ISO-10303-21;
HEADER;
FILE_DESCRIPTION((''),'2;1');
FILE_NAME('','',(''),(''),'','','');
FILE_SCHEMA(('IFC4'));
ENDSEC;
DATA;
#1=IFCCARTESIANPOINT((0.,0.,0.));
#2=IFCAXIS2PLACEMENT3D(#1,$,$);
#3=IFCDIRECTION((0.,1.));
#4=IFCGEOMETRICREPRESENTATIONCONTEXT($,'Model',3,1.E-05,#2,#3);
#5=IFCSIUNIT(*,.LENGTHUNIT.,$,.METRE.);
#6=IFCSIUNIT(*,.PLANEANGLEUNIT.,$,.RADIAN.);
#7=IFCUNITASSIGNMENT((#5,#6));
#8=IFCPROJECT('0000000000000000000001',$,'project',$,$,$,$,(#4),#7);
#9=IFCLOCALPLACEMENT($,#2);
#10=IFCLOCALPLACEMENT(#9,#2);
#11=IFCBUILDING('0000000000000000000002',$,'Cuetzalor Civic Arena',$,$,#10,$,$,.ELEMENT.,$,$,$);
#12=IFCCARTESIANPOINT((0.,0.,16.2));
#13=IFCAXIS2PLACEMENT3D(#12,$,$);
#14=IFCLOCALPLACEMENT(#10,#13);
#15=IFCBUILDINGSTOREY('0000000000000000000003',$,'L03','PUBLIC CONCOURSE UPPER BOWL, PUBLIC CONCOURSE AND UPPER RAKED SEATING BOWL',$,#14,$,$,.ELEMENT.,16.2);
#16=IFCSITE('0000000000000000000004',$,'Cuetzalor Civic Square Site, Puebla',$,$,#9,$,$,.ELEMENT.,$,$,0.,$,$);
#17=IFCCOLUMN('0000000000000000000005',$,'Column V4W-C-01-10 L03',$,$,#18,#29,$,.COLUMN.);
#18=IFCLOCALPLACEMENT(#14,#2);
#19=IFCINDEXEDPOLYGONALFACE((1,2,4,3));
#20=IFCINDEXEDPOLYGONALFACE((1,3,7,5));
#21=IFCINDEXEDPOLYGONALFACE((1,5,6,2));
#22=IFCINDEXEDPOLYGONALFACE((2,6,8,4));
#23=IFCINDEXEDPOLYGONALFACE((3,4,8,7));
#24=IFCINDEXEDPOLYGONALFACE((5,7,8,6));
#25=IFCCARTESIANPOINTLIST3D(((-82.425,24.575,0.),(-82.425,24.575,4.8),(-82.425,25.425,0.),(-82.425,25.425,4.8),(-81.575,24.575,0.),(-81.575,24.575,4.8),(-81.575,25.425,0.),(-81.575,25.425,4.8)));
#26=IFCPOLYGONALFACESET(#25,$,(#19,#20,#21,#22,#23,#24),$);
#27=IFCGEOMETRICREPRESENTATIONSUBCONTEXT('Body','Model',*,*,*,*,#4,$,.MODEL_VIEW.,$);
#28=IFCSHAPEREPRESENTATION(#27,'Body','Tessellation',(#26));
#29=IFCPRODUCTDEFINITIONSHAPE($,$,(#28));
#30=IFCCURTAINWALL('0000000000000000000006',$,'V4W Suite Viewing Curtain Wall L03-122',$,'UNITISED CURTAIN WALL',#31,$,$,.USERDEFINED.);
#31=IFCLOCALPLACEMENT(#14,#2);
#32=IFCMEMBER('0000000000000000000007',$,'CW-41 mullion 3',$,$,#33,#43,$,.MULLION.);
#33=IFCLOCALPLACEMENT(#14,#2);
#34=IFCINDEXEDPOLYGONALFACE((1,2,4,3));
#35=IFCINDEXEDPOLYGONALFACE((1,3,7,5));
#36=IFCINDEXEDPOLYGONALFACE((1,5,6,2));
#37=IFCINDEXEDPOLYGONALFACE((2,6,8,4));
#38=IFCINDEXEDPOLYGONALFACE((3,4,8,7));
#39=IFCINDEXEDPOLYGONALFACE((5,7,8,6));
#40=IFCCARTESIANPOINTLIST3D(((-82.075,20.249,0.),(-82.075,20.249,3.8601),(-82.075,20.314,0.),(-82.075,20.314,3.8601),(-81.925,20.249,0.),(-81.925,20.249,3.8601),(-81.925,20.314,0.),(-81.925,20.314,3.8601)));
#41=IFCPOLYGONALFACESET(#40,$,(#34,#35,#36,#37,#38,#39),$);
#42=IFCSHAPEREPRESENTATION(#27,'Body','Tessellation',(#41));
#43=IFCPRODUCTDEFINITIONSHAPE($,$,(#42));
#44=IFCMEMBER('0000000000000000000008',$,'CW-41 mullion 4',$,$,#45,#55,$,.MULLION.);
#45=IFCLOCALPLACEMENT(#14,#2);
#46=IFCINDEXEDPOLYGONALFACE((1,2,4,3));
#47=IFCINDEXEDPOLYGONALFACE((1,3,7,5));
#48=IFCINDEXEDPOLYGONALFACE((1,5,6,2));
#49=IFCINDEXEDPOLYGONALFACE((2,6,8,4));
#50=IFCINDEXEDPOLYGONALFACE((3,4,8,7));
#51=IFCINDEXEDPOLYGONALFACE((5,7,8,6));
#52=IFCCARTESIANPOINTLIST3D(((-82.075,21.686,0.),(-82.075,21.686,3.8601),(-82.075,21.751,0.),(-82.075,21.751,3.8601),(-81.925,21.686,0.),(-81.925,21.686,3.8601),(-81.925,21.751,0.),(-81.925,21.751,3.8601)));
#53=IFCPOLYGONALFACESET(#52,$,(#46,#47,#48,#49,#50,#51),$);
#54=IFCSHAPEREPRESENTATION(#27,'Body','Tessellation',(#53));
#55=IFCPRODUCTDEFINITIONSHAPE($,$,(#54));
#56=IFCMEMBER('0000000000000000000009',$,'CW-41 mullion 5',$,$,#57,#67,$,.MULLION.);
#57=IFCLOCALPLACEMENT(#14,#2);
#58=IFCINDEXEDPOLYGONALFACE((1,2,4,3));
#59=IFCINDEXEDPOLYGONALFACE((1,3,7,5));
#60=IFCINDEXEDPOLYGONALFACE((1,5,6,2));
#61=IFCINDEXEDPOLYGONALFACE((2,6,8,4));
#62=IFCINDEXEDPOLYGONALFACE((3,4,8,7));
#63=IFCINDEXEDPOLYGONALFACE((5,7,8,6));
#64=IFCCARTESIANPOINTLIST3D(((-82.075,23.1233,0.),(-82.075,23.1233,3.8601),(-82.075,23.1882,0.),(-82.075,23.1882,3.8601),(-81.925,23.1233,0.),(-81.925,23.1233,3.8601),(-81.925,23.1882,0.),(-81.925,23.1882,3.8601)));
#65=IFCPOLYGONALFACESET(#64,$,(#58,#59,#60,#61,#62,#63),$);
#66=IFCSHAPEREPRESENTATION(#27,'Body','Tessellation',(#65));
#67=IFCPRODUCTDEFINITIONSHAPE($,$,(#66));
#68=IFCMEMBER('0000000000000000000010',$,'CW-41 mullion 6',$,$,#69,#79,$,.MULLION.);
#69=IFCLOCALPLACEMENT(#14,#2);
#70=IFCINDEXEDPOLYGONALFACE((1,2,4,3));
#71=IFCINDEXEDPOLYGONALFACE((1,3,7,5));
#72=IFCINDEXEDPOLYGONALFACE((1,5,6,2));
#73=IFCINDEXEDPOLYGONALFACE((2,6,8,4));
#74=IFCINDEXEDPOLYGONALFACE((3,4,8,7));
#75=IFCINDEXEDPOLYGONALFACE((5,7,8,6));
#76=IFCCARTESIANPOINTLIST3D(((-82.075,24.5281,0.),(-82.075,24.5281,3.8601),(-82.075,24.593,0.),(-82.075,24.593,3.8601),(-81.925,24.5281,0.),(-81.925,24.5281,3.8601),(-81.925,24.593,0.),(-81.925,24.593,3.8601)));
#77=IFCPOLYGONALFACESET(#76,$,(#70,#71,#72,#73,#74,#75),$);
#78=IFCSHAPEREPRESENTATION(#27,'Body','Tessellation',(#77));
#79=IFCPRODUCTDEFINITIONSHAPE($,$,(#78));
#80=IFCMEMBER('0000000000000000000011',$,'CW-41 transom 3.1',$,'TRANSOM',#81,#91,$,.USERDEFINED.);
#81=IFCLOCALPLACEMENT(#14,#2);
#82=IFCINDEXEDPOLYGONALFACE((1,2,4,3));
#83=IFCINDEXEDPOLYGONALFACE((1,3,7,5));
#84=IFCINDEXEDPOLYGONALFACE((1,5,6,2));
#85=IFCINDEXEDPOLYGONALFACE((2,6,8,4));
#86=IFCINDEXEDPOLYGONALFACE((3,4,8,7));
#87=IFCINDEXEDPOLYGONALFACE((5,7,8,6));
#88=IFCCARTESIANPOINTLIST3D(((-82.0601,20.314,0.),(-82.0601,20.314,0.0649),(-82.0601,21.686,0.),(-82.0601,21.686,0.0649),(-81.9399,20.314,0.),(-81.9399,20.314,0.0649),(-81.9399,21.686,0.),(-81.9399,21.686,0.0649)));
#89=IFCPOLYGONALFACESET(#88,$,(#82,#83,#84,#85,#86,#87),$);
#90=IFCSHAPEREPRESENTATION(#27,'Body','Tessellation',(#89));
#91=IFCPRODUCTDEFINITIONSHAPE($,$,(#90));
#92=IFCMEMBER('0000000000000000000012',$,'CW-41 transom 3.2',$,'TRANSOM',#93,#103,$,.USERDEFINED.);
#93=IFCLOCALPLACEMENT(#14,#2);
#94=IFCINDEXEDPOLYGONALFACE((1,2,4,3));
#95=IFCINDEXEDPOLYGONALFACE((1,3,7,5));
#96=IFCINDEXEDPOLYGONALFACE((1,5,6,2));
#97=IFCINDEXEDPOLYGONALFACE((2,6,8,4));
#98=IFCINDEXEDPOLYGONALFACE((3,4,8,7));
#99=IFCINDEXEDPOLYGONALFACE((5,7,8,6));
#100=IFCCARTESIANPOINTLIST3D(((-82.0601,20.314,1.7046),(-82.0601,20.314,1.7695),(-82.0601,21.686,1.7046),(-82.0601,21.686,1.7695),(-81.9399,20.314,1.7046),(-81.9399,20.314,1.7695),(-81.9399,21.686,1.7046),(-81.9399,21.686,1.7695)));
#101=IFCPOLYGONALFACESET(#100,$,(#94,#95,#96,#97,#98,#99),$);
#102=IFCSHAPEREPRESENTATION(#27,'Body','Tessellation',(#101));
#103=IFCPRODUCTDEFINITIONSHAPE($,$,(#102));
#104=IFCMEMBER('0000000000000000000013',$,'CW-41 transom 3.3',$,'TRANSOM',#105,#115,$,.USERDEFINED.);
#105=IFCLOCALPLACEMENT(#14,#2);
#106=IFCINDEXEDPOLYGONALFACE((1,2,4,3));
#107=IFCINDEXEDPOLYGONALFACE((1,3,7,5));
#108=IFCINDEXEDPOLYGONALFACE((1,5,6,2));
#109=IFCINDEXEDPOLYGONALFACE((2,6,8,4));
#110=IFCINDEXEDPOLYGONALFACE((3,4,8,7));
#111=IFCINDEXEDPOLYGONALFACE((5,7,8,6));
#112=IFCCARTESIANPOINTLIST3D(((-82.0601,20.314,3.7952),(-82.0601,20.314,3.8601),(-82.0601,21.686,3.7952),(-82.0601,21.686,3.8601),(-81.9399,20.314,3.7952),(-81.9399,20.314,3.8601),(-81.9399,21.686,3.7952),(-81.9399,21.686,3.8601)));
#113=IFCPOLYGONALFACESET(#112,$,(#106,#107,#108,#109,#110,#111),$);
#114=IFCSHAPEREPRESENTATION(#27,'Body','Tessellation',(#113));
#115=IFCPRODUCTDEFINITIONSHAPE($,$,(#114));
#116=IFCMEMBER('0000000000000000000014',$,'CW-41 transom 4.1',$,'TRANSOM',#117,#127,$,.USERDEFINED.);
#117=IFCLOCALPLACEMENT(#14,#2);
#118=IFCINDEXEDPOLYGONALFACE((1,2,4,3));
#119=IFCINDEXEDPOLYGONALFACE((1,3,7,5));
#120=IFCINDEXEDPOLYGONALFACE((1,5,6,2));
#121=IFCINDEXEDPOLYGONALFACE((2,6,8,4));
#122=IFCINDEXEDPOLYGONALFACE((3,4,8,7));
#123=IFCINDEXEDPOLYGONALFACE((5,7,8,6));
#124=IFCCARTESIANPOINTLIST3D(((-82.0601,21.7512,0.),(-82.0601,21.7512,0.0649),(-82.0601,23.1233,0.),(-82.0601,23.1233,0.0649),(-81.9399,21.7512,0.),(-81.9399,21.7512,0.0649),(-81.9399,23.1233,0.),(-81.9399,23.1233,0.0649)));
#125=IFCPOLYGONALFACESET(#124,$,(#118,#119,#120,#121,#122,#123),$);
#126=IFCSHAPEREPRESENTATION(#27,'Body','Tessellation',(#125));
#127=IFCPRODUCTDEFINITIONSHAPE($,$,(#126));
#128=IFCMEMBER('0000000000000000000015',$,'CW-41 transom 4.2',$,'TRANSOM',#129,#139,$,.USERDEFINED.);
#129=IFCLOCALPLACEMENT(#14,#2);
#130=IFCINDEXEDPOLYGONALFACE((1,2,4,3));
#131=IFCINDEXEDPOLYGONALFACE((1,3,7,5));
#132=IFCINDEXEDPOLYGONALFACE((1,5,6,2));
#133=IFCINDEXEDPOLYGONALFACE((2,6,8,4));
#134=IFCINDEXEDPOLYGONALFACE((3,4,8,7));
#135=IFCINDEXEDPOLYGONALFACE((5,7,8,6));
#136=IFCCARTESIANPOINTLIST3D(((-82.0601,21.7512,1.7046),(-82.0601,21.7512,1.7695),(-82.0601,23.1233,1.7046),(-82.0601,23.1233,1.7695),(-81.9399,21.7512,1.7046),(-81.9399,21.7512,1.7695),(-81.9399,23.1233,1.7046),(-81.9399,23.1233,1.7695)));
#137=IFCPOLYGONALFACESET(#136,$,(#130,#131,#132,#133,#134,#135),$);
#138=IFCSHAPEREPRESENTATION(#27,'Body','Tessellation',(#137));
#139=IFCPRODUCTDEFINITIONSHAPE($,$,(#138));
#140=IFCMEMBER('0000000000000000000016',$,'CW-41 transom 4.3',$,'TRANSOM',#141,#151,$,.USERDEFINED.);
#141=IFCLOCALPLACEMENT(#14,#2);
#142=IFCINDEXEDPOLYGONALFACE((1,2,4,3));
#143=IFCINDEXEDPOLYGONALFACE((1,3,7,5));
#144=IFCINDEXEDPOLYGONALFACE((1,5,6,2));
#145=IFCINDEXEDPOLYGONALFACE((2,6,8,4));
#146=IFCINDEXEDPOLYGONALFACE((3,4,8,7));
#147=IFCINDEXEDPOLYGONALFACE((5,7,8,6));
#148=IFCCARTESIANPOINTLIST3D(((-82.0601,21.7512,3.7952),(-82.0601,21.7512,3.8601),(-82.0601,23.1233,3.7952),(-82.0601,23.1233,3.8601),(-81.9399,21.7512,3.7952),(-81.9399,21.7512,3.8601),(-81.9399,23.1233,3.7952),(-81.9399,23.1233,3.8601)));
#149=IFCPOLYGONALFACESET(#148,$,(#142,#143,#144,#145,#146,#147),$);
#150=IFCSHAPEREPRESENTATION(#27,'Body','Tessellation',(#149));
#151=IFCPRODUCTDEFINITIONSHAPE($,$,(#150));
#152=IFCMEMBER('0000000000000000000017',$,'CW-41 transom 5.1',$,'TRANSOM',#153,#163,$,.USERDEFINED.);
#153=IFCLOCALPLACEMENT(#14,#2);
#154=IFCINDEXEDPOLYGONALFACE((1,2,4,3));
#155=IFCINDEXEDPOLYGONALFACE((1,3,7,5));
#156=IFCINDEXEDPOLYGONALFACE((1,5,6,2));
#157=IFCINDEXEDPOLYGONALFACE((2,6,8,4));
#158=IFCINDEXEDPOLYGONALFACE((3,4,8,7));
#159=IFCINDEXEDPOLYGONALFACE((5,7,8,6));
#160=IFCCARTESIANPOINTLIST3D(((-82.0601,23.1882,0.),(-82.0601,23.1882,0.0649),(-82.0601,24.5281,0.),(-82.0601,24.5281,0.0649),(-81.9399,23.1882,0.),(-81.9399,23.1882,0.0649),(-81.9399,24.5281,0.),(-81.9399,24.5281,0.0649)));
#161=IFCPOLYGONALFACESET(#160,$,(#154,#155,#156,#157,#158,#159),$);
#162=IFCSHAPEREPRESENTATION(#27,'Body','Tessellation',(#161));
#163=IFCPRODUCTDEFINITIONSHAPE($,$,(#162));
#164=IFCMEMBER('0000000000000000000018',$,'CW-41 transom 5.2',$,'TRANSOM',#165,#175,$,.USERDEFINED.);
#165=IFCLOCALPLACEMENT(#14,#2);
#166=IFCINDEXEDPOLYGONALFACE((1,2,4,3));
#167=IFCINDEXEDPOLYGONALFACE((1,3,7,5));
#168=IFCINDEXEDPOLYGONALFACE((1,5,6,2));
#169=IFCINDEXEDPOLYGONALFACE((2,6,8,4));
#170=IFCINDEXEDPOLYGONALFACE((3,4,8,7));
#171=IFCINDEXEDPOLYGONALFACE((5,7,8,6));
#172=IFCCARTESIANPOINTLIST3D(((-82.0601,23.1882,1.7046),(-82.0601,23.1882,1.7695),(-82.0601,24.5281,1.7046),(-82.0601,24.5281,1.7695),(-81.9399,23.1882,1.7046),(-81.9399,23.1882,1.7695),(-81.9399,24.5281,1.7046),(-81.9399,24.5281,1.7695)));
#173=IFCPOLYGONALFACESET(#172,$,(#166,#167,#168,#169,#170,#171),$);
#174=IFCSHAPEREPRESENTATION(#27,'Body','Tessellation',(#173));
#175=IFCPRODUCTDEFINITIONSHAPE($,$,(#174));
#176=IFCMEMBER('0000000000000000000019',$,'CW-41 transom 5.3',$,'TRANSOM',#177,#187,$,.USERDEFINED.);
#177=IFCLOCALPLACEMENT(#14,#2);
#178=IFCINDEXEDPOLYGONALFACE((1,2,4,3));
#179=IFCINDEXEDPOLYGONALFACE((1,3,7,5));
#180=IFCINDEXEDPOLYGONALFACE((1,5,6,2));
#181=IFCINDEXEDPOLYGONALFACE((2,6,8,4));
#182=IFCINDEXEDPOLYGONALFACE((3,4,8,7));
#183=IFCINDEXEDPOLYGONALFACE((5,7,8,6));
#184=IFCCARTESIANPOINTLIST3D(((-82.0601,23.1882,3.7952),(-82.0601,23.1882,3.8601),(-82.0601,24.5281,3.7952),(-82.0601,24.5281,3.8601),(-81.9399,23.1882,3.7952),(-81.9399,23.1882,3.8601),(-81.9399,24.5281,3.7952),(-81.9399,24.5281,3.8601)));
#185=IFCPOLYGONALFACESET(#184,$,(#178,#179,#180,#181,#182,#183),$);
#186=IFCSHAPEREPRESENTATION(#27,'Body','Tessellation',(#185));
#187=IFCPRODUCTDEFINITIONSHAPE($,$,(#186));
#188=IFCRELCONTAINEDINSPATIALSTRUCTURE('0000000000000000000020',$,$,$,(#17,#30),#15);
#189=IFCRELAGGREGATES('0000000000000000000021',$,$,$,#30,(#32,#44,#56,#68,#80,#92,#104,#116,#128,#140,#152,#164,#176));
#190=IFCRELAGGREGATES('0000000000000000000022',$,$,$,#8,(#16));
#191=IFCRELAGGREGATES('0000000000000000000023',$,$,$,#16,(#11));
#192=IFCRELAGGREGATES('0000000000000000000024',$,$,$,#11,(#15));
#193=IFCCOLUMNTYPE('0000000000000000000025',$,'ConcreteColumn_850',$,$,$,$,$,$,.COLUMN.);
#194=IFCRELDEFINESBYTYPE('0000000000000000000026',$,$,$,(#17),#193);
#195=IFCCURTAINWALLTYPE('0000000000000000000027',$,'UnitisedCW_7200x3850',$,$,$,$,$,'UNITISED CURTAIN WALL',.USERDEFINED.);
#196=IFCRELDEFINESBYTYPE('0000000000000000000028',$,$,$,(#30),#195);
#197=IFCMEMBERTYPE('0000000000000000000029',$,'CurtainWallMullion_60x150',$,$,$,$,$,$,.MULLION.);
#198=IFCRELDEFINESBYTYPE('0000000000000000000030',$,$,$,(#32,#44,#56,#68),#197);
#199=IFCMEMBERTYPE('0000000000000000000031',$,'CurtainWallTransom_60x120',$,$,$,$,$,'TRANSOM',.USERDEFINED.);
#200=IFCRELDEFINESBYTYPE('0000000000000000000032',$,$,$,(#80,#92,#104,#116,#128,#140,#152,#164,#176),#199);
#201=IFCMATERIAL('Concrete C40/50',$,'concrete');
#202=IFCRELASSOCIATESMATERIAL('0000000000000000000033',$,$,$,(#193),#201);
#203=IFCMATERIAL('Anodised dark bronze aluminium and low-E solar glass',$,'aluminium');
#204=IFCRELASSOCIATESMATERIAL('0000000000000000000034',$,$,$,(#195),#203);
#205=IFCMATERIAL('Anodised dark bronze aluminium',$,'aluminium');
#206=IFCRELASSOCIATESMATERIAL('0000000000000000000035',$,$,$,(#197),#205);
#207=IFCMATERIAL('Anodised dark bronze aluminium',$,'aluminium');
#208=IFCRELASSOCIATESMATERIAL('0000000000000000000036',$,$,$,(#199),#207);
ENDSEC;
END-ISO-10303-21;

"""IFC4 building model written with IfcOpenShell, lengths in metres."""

from ifc_helpers import new_model, si_unit, direction, frame, origin, origin_2d, place, context, subcontext, project, spatial, rectangle, extrude, material, material_profile, profile_set, type_object, element, aggregate, save


model = new_model("IFC4")

# Units and contexts
model_context = context("Model", 3, precision=1e-05, world=origin(), true_north=direction((0.0, 1.0)))
body_context = subcontext(model_context, "Body", "Model", "MODEL_VIEW")
ifc_project = project(units=[si_unit("LENGTHUNIT", "METRE"), si_unit("PLANEANGLEUNIT", "RADIAN")], contexts=[model_context])

# Site, building, storey
site_placement = place(None, origin())
site = spatial("IfcSite", under=ifc_project, at=site_placement, Name="Cuetzalor Civic Square Site, Puebla", CompositionType="ELEMENT", RefElevation=0.0)
building_placement = place(site_placement, origin())
building = spatial("IfcBuilding", under=site, at=building_placement, Name="Cuetzalor Civic Arena", CompositionType="ELEMENT")
storey_placement = place(building_placement, frame((0.0, 0.0, 16.2)))
storey = spatial("IfcBuildingStorey", under=building, at=storey_placement, Name="L03", Description="PUBLIC CONCOURSE UPPER BOWL, PUBLIC CONCOURSE AND UPPER RAKED SEATING BOWL", CompositionType="ELEMENT", Elevation=16.2)

# Column
ifc_material_1 = material(Name="Concrete C40/50", Category="concrete")
ifc_material_profile_1 = material_profile(ifc_material_1, rectangle(XDim=0.8501, YDim=0.8501, at=origin_2d()), Name="RC 850x850")
ifc_profile_set_1 = profile_set([ifc_material_profile_1], Name="Concrete C40/50")
column_type = type_object("IfcColumnType", Name="ConcreteColumn_850", PredefinedType="COLUMN", material=ifc_profile_set_1)
column_placement = place(storey_placement, frame((-82.0, 25.0, 0.0), z_axis=(0.0, 0.0, 1.0), x_axis=(1.0, 0.0, 0.0)))
element("IfcColumn", 1, at=column_placement, inside=storey, type_object=column_type, Name="Column V4W-C-01-10 L03", PredefinedType="COLUMN", context=body_context, shape_type="SweptSolid", body=[
    extrude(rectangle(XDim=0.8501, YDim=0.8501, at=origin_2d()), origin(), (0.0, 0.0, 1.0), 4.8),
])

# Curtain wall, members
ifc_material_2 = material(Name="Anodised dark bronze aluminium and low-E solar glass", Category="aluminium")
curtain_wall_type = type_object("IfcCurtainWallType", Name="UnitisedCW_7200x3850", ElementType="UNITISED CURTAIN WALL", PredefinedType="USERDEFINED", material=ifc_material_2)
curtain_wall_placement = place(storey_placement, origin())
curtain_wall = element("IfcCurtainWall", 2, at=curtain_wall_placement, inside=storey, type_object=curtain_wall_type, Name="V4W Suite Viewing Curtain Wall L03-122", ObjectType="UNITISED CURTAIN WALL", PredefinedType="USERDEFINED")
ifc_material_3 = material(Name="Anodised dark bronze aluminium", Category="aluminium")
ifc_material_profile_2 = material_profile(ifc_material_3, rectangle(XDim=0.0649, YDim=0.1499, at=origin_2d()), Name="ALU MULLION 65x150")
ifc_profile_set_2 = profile_set([ifc_material_profile_2], Name="Anodised dark bronze aluminium")
member_type_1 = type_object("IfcMemberType", Name="CurtainWallMullion_60x150", PredefinedType="MULLION", material=ifc_profile_set_2)
member_1_placement = place(storey_placement, frame((-82.0, 20.2815, 0.0), z_axis=(0.0, 0.0, 1.0), x_axis=(0.0, 1.0, 0.0)))
member_1 = element("IfcMember", 3, at=member_1_placement, type_object=member_type_1, Name="CW-41 mullion 3", PredefinedType="MULLION", context=body_context, shape_type="SweptSolid", body=[
    extrude(rectangle(XDim=0.0649, YDim=0.1499, at=origin_2d()), origin(), (0.0, 0.0, 1.0), 3.8601),
])
member_2_placement = place(storey_placement, frame((-82.0, 21.7185, 0.0), z_axis=(0.0, 0.0, 1.0), x_axis=(0.0, 1.0, 0.0)))
member_2 = element("IfcMember", 4, at=member_2_placement, type_object=member_type_1, Name="CW-41 mullion 4", PredefinedType="MULLION", context=body_context, shape_type="SweptSolid", body=[
    extrude(rectangle(XDim=0.0649, YDim=0.1499, at=origin_2d()), origin(), (0.0, 0.0, 1.0), 3.8601),
])
member_3_placement = place(storey_placement, frame((-82.0, 23.1558, 0.0), z_axis=(0.0, 0.0, 1.0), x_axis=(0.0, 1.0, 0.0)))
member_3 = element("IfcMember", 5, at=member_3_placement, type_object=member_type_1, Name="CW-41 mullion 5", PredefinedType="MULLION", context=body_context, shape_type="SweptSolid", body=[
    extrude(rectangle(XDim=0.0649, YDim=0.1499, at=origin_2d()), origin(), (0.0, 0.0, 1.0), 3.8601),
])
member_4_placement = place(storey_placement, frame((-82.0, 24.5605, 0.0), z_axis=(0.0, 0.0, 1.0), x_axis=(0.0, 1.0, 0.0)))
member_4 = element("IfcMember", 6, at=member_4_placement, type_object=member_type_1, Name="CW-41 mullion 6", PredefinedType="MULLION", context=body_context, shape_type="SweptSolid", body=[
    extrude(rectangle(XDim=0.0649, YDim=0.1499, at=origin_2d()), origin(), (0.0, 0.0, 1.0), 3.8601),
])
ifc_material_4 = material(Name="Anodised dark bronze aluminium", Category="aluminium")
ifc_material_profile_3 = material_profile(ifc_material_4, rectangle(XDim=0.1201, YDim=0.0649, at=origin_2d()), Name="ALU TRANSOM 65x120")
ifc_profile_set_3 = profile_set([ifc_material_profile_3], Name="Anodised dark bronze aluminium")
member_type_2 = type_object("IfcMemberType", Name="CurtainWallTransom_60x120", ElementType="TRANSOM", PredefinedType="USERDEFINED", material=ifc_profile_set_3)
member_5_placement = place(storey_placement, frame((-82.0, 20.314, 0.0325), z_axis=(0.0, 1.0, 0.0), x_axis=(-1.0, 0.0, 0.0)))
member_5 = element("IfcMember", 7, at=member_5_placement, type_object=member_type_2, Name="CW-41 transom 3.1", ObjectType="TRANSOM", PredefinedType="USERDEFINED", context=body_context, shape_type="SweptSolid", body=[
    extrude(rectangle(XDim=0.1201, YDim=0.0649, at=origin_2d()), origin(), (0.0, 0.0, 1.0), 1.3721),
])
member_6_placement = place(storey_placement, frame((-82.0, 20.314, 1.7371), z_axis=(0.0, 1.0, 0.0), x_axis=(-1.0, 0.0, 0.0)))
member_6 = element("IfcMember", 8, at=member_6_placement, type_object=member_type_2, Name="CW-41 transom 3.2", ObjectType="TRANSOM", PredefinedType="USERDEFINED", context=body_context, shape_type="SweptSolid", body=[
    extrude(rectangle(XDim=0.1201, YDim=0.0649, at=origin_2d()), origin(), (0.0, 0.0, 1.0), 1.3721),
])
member_7_placement = place(storey_placement, frame((-82.0, 20.314, 3.8276), z_axis=(0.0, 1.0, 0.0), x_axis=(-1.0, 0.0, 0.0)))
member_7 = element("IfcMember", 9, at=member_7_placement, type_object=member_type_2, Name="CW-41 transom 3.3", ObjectType="TRANSOM", PredefinedType="USERDEFINED", context=body_context, shape_type="SweptSolid", body=[
    extrude(rectangle(XDim=0.1201, YDim=0.0649, at=origin_2d()), origin(), (0.0, 0.0, 1.0), 1.3721),
])
member_8_placement = place(storey_placement, frame((-82.0, 21.7512, 0.0325), z_axis=(0.0, 1.0, 0.0), x_axis=(-1.0, 0.0, 0.0)))
member_8 = element("IfcMember", 10, at=member_8_placement, type_object=member_type_2, Name="CW-41 transom 4.1", ObjectType="TRANSOM", PredefinedType="USERDEFINED", context=body_context, shape_type="SweptSolid", body=[
    extrude(rectangle(XDim=0.1201, YDim=0.0649, at=origin_2d()), origin(), (0.0, 0.0, 1.0), 1.3721),
])
member_9_placement = place(storey_placement, frame((-82.0, 21.7512, 1.7371), z_axis=(0.0, 1.0, 0.0), x_axis=(-1.0, 0.0, 0.0)))
member_9 = element("IfcMember", 11, at=member_9_placement, type_object=member_type_2, Name="CW-41 transom 4.2", ObjectType="TRANSOM", PredefinedType="USERDEFINED", context=body_context, shape_type="SweptSolid", body=[
    extrude(rectangle(XDim=0.1201, YDim=0.0649, at=origin_2d()), origin(), (0.0, 0.0, 1.0), 1.3721),
])
member_10_placement = place(storey_placement, frame((-82.0, 21.7512, 3.8276), z_axis=(0.0, 1.0, 0.0), x_axis=(-1.0, 0.0, 0.0)))
member_10 = element("IfcMember", 12, at=member_10_placement, type_object=member_type_2, Name="CW-41 transom 4.3", ObjectType="TRANSOM", PredefinedType="USERDEFINED", context=body_context, shape_type="SweptSolid", body=[
    extrude(rectangle(XDim=0.1201, YDim=0.0649, at=origin_2d()), origin(), (0.0, 0.0, 1.0), 1.3721),
])
member_11_placement = place(storey_placement, frame((-82.0, 23.1882, 0.0325), z_axis=(0.0, 1.0, 0.0), x_axis=(-1.0, 0.0, 0.0)))
member_11 = element("IfcMember", 13, at=member_11_placement, type_object=member_type_2, Name="CW-41 transom 5.1", ObjectType="TRANSOM", PredefinedType="USERDEFINED", context=body_context, shape_type="SweptSolid", body=[
    extrude(rectangle(XDim=0.1201, YDim=0.0649, at=origin_2d()), origin(), (0.0, 0.0, 1.0), 1.3398),
])
member_12_placement = place(storey_placement, frame((-82.0, 23.1882, 1.7371), z_axis=(0.0, 1.0, 0.0), x_axis=(-1.0, 0.0, 0.0)))
member_12 = element("IfcMember", 14, at=member_12_placement, type_object=member_type_2, Name="CW-41 transom 5.2", ObjectType="TRANSOM", PredefinedType="USERDEFINED", context=body_context, shape_type="SweptSolid", body=[
    extrude(rectangle(XDim=0.1201, YDim=0.0649, at=origin_2d()), origin(), (0.0, 0.0, 1.0), 1.3398),
])
member_13_placement = place(storey_placement, frame((-82.0, 23.1882, 3.8276), z_axis=(0.0, 1.0, 0.0), x_axis=(-1.0, 0.0, 0.0)))
member_13 = element("IfcMember", 15, at=member_13_placement, type_object=member_type_2, Name="CW-41 transom 5.3", ObjectType="TRANSOM", PredefinedType="USERDEFINED", context=body_context, shape_type="SweptSolid", body=[
    extrude(rectangle(XDim=0.1201, YDim=0.0649, at=origin_2d()), origin(), (0.0, 0.0, 1.0), 1.3398),
])

aggregate(curtain_wall, [member_1, member_2, member_3, member_4, member_5, member_6, member_7, member_8, member_9, member_10, member_11, member_12, member_13])

save(model, "model.ifc")
